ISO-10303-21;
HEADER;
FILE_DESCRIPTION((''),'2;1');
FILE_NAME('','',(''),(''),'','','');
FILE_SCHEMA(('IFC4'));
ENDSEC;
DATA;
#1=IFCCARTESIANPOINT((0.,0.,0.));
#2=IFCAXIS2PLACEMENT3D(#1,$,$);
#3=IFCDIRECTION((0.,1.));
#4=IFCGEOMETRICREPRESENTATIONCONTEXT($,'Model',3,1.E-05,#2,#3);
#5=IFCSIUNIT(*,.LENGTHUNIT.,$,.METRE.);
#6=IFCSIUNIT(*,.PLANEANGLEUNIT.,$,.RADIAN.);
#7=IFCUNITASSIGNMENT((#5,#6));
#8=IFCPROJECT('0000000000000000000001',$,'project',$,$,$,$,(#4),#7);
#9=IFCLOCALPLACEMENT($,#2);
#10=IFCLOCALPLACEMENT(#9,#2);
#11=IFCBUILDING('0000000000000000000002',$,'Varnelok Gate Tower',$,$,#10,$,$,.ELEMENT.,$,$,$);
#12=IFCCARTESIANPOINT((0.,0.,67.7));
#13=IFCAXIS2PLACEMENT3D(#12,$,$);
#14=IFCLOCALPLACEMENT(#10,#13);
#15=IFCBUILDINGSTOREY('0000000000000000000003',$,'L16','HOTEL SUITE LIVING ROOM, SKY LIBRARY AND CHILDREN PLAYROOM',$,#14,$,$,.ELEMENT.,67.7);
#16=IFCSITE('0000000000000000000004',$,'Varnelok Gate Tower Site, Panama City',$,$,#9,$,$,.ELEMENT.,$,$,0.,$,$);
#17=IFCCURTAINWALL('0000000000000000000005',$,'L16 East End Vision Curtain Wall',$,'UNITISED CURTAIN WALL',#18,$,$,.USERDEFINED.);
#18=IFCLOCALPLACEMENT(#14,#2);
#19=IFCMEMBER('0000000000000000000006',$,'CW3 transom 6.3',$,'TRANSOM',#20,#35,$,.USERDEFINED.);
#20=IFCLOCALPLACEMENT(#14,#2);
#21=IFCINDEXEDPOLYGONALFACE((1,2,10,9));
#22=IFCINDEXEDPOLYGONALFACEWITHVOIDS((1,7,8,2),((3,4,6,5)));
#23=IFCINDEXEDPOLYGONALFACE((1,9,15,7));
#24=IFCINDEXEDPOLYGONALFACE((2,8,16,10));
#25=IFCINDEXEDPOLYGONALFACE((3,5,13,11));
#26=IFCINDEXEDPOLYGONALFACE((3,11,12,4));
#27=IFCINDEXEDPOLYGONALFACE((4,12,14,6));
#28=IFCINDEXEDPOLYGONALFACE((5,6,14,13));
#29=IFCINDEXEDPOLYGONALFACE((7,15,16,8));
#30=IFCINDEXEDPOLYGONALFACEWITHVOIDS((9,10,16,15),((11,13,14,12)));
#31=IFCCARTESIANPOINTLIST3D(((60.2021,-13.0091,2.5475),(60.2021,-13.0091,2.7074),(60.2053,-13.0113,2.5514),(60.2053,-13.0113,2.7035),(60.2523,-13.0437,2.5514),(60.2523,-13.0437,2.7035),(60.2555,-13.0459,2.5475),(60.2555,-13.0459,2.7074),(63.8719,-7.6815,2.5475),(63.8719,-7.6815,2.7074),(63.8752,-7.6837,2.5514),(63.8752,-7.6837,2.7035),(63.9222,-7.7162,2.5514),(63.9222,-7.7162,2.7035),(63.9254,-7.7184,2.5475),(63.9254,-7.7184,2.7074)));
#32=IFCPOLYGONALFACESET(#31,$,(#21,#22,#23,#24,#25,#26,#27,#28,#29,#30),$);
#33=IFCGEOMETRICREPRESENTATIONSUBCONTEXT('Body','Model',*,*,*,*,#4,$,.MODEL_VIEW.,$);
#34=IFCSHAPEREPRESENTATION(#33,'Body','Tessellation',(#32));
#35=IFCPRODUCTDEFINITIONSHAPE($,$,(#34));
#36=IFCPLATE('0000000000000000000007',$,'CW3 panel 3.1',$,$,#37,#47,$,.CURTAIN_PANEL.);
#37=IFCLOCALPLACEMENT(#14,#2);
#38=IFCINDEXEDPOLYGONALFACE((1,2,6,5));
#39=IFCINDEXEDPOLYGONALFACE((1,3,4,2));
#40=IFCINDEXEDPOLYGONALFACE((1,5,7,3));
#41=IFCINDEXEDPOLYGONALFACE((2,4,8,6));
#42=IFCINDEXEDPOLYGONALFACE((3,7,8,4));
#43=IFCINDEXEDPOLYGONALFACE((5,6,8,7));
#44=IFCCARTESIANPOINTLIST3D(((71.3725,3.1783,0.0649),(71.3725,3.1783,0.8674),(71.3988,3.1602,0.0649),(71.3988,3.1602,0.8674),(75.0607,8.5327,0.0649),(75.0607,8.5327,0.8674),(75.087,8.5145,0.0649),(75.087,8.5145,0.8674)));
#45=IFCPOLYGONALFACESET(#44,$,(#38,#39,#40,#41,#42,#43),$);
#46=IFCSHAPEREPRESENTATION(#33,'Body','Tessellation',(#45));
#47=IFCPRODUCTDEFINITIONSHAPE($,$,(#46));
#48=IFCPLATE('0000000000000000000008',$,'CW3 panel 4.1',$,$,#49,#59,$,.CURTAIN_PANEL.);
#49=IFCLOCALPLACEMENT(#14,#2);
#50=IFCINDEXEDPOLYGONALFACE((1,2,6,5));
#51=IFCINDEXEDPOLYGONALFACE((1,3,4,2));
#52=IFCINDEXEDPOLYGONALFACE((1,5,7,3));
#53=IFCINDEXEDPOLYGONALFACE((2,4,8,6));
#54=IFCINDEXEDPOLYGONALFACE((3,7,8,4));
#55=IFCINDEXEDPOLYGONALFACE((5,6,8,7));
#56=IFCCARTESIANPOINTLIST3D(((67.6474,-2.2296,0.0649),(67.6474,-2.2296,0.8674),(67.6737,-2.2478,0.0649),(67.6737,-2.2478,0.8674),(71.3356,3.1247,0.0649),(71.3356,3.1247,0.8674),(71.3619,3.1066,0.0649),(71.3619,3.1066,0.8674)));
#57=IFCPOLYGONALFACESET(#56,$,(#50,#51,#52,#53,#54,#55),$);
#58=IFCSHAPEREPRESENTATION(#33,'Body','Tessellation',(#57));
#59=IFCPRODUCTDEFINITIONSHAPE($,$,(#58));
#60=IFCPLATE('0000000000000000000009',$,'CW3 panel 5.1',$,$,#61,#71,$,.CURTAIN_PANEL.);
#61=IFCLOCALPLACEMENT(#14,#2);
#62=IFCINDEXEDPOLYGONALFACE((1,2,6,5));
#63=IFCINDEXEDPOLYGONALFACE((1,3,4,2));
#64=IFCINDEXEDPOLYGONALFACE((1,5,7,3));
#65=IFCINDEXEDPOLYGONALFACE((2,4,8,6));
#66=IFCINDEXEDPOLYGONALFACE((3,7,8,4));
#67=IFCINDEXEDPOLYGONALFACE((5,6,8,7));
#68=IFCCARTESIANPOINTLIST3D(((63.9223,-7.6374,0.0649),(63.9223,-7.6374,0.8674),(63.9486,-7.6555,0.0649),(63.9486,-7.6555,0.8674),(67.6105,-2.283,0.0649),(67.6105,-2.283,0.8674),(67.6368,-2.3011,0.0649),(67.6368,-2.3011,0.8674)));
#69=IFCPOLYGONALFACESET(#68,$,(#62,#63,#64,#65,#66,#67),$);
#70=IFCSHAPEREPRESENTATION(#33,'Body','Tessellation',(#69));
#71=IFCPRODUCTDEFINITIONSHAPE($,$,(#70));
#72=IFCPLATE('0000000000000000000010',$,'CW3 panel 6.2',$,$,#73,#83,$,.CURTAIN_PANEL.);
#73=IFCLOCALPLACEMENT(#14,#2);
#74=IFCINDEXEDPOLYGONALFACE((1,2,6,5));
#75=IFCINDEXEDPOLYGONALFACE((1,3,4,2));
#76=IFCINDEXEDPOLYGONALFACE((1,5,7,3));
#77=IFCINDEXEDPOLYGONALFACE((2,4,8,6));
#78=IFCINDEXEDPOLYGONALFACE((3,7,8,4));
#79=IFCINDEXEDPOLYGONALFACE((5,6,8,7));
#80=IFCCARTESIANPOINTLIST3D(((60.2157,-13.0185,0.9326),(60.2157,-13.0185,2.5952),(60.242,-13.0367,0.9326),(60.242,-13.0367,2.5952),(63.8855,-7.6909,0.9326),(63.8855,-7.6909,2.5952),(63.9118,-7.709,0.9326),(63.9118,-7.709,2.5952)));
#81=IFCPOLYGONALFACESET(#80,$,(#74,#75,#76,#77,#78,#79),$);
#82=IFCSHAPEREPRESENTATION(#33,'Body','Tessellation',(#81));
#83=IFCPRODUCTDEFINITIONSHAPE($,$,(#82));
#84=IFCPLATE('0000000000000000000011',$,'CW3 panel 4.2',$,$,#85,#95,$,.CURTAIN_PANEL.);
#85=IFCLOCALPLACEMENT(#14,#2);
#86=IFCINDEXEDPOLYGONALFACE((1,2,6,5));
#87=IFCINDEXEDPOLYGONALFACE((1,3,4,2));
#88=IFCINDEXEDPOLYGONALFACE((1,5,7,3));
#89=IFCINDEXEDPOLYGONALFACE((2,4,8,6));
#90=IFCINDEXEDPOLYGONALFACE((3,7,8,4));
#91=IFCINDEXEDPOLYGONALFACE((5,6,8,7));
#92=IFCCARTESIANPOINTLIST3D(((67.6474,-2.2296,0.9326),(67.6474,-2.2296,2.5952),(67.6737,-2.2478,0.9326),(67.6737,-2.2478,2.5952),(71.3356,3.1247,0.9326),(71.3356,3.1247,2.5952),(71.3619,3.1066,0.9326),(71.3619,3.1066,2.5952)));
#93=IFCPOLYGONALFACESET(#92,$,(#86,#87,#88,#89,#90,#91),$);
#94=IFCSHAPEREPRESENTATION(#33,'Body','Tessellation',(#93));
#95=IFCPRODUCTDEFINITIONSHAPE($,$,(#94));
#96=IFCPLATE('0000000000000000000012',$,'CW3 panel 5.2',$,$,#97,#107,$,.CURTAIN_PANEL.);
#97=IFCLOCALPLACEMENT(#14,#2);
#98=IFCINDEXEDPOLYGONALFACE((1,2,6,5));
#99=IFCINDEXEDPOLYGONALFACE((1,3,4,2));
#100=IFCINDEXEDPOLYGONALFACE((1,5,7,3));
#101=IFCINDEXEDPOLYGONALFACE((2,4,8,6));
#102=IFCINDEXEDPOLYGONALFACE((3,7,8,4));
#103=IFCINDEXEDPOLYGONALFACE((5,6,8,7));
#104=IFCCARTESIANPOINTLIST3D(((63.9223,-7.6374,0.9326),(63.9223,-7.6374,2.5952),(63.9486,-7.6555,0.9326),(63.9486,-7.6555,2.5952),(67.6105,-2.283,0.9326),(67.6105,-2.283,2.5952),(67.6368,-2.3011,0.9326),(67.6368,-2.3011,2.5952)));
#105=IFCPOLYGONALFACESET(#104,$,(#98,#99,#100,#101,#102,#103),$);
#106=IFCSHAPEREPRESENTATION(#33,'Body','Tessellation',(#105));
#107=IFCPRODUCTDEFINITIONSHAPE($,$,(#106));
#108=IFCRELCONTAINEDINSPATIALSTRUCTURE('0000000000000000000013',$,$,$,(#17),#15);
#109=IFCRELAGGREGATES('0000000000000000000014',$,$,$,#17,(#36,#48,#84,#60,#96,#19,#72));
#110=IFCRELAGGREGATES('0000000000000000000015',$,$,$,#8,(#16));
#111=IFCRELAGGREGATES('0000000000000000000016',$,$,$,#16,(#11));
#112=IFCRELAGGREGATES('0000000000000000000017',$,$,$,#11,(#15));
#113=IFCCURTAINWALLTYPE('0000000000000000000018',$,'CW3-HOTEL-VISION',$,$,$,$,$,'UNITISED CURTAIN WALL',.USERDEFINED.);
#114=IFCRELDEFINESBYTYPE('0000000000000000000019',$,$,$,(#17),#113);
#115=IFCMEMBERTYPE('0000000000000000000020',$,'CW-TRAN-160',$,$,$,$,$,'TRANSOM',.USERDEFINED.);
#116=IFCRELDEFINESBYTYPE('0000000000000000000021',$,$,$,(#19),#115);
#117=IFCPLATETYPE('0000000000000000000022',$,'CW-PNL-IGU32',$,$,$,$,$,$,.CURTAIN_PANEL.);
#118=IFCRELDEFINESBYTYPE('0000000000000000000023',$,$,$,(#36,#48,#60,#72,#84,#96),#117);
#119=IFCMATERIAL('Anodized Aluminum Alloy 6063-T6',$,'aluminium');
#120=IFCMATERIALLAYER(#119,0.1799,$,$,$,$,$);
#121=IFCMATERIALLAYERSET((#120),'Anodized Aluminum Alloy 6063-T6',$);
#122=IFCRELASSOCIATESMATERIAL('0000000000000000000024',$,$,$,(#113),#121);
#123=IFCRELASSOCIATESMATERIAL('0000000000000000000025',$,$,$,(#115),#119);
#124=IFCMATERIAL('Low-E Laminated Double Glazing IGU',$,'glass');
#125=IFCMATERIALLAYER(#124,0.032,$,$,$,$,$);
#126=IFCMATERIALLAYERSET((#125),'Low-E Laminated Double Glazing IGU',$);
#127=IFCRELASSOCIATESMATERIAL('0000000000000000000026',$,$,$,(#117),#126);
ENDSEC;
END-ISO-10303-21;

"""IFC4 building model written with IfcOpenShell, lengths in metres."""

from ifc_helpers import new_model, si_unit, direction, frame, origin, origin_2d, place, context, subcontext, project, spatial, rectangle, hollow_rectangle, extrude, source, transform, mapped, material, layer, layer_set, material_profile, profile_set, type_object, element, aggregate, save


model = new_model("IFC4")

# Units and contexts
model_context = context("Model", 3, precision=1e-05, world=origin(), true_north=direction((0.0, 1.0)))
body_context = subcontext(model_context, "Body", "Model", "MODEL_VIEW")
ifc_project = project(units=[si_unit("LENGTHUNIT", "METRE"), si_unit("PLANEANGLEUNIT", "RADIAN")], contexts=[model_context])

# Site, building, storey
site_placement = place(None, origin())
site = spatial("IfcSite", under=ifc_project, at=site_placement, Name="Varnelok Gate Tower Site, Panama City", CompositionType="ELEMENT", RefElevation=0.0)
building_placement = place(site_placement, origin())
building = spatial("IfcBuilding", under=site, at=building_placement, Name="Varnelok Gate Tower", CompositionType="ELEMENT")
storey_placement = place(building_placement, frame((0.0, 0.0, 67.7)))
storey = spatial("IfcBuildingStorey", under=building, at=storey_placement, Name="L16", Description="HOTEL SUITE LIVING ROOM, SKY LIBRARY AND CHILDREN PLAYROOM", CompositionType="ELEMENT", Elevation=67.7)

# Curtain wall, member, plates
ifc_material_1 = material(Name="Anodized Aluminum Alloy 6063-T6", Category="aluminium")
ifc_layer_1 = layer(ifc_material_1, 0.1799)
ifc_layer_set_1 = layer_set([ifc_layer_1], Name="Anodized Aluminum Alloy 6063-T6")
curtain_wall_type = type_object("IfcCurtainWallType", Name="CW3-HOTEL-VISION", ElementType="UNITISED CURTAIN WALL", PredefinedType="USERDEFINED", material=ifc_layer_set_1)
curtain_wall_placement = place(storey_placement, origin())
curtain_wall = element("IfcCurtainWall", 1, at=curtain_wall_placement, inside=storey, type_object=curtain_wall_type, Name="L16 East End Vision Curtain Wall", ObjectType="UNITISED CURTAIN WALL", PredefinedType="USERDEFINED")
ifc_material_profile_1 = material_profile(ifc_material_1, hollow_rectangle(XDim=0.0649, YDim=0.1599, WallThickness=0.0039, at=origin_2d()), Name="ALU160X65X4")
ifc_profile_set_1 = profile_set([ifc_material_profile_1], Name="Anodized Aluminum Alloy 6063-T6")
member_type_1 = type_object("IfcMemberType", Name="CW-TRAN-160", ElementType="TRANSOM", PredefinedType="USERDEFINED", material=ifc_profile_set_1)
member_1_placement = place(storey_placement, frame((63.8987, -7.7, 2.6274), z_axis=(-0.567281, -0.823524, 0.0), x_axis=(0.823524, -0.567281, 0.0)))
member_1 = element("IfcMember", 2, at=member_1_placement, type_object=member_type_1, Name="CW3 transom 6.3", ObjectType="TRANSOM", PredefinedType="USERDEFINED", context=body_context, shape_type="SweptSolid", body=[
    extrude(hollow_rectangle(XDim=0.0649, YDim=0.1599, WallThickness=0.0039, at=origin_2d()), origin(), (0.0, 0.0, 1.0), 6.4692),
])
ifc_material_2 = material(Name="Low-E Laminated Double Glazing IGU", Category="glass")
ifc_layer_2 = layer(ifc_material_2, 0.032)
ifc_layer_set_2 = layer_set([ifc_layer_2], Name="Low-E Laminated Double Glazing IGU")
plate_type = type_object("IfcPlateType", Name="CW-PNL-IGU32", PredefinedType="CURTAIN_PANEL", material=ifc_layer_set_2)
shared_shape_1 = source(origin(), body_context, "Body", "SweptSolid", [
    extrude(rectangle(XDim=6.5017, YDim=0.032, at=origin_2d()), origin(), (0.0, 0.0, 1.0), 0.8025),
])
plate_1_placement = place(storey_placement, frame((73.2297, 5.8464, 0.0649), z_axis=(0.0, 0.0, 1.0), x_axis=(-0.567269, -0.823533, 0.0)))
plate_1 = element("IfcPlate", 3, at=plate_1_placement, type_object=plate_type, Name="CW3 panel 3.1", PredefinedType="CURTAIN_PANEL", context=body_context, shape_type="MappedRepresentation", body=[
    mapped(shared_shape_1, transform((0.0, 0.0, 0.0), scale=1.0)),
])
plate_2_placement = place(storey_placement, frame((69.5046, 0.4385, 0.0649), z_axis=(0.0, 0.0, 1.0), x_axis=(-0.567269, -0.823533, 0.0)))
plate_2 = element("IfcPlate", 4, at=plate_2_placement, type_object=plate_type, Name="CW3 panel 4.1", PredefinedType="CURTAIN_PANEL", context=body_context, shape_type="MappedRepresentation", body=[
    mapped(shared_shape_1, transform((0.0, 0.0, 0.0), scale=1.0)),
])
plate_3_placement = place(storey_placement, frame((65.7795, -4.9692, 0.0649), z_axis=(0.0, 0.0, 1.0), x_axis=(-0.567269, -0.823533, 0.0)))
plate_3 = element("IfcPlate", 5, at=plate_3_placement, type_object=plate_type, Name="CW3 panel 5.1", PredefinedType="CURTAIN_PANEL", context=body_context, shape_type="MappedRepresentation", body=[
    mapped(shared_shape_1, transform((0.0, 0.0, 0.0), scale=1.0)),
])
shared_shape_2 = source(origin(), body_context, "Body", "SweptSolid", [
    extrude(rectangle(XDim=6.4692, YDim=0.032, at=origin_2d()), origin(), (0.0, 0.0, 1.0), 1.6626),
])
plate_4_placement = place(storey_placement, frame((62.0637, -10.3638, 0.9326), z_axis=(0.0, 0.0, 1.0), x_axis=(-0.567269, -0.823533, 0.0)))
plate_4 = element("IfcPlate", 6, at=plate_4_placement, type_object=plate_type, Name="CW3 panel 6.2", PredefinedType="CURTAIN_PANEL", context=body_context, shape_type="MappedRepresentation", body=[
    mapped(shared_shape_2, transform((0.0, 0.0, 0.0), scale=1.0)),
])
shared_shape_3 = source(origin(), body_context, "Body", "SweptSolid", [
    extrude(rectangle(XDim=6.5017, YDim=0.032, at=origin_2d()), origin(), (0.0, 0.0, 1.0), 1.6626),
])
plate_5_placement = place(storey_placement, frame((69.5046, 0.4385, 0.9326), z_axis=(0.0, 0.0, 1.0), x_axis=(-0.567269, -0.823533, 0.0)))
plate_5 = element("IfcPlate", 7, at=plate_5_placement, type_object=plate_type, Name="CW3 panel 4.2", PredefinedType="CURTAIN_PANEL", context=body_context, shape_type="MappedRepresentation", body=[
    mapped(shared_shape_3, transform((0.0, 0.0, 0.0), scale=1.0)),
])
plate_6_placement = place(storey_placement, frame((65.7795, -4.9692, 0.9326), z_axis=(0.0, 0.0, 1.0), x_axis=(-0.567269, -0.823533, 0.0)))
plate_6 = element("IfcPlate", 8, at=plate_6_placement, type_object=plate_type, Name="CW3 panel 5.2", PredefinedType="CURTAIN_PANEL", context=body_context, shape_type="MappedRepresentation", body=[
    mapped(shared_shape_3, transform((0.0, 0.0, 0.0), scale=1.0)),
])
aggregate(curtain_wall, [plate_1, plate_2, plate_5, plate_3, plate_6, member_1, plate_4])

save(model, "model.ifc")
